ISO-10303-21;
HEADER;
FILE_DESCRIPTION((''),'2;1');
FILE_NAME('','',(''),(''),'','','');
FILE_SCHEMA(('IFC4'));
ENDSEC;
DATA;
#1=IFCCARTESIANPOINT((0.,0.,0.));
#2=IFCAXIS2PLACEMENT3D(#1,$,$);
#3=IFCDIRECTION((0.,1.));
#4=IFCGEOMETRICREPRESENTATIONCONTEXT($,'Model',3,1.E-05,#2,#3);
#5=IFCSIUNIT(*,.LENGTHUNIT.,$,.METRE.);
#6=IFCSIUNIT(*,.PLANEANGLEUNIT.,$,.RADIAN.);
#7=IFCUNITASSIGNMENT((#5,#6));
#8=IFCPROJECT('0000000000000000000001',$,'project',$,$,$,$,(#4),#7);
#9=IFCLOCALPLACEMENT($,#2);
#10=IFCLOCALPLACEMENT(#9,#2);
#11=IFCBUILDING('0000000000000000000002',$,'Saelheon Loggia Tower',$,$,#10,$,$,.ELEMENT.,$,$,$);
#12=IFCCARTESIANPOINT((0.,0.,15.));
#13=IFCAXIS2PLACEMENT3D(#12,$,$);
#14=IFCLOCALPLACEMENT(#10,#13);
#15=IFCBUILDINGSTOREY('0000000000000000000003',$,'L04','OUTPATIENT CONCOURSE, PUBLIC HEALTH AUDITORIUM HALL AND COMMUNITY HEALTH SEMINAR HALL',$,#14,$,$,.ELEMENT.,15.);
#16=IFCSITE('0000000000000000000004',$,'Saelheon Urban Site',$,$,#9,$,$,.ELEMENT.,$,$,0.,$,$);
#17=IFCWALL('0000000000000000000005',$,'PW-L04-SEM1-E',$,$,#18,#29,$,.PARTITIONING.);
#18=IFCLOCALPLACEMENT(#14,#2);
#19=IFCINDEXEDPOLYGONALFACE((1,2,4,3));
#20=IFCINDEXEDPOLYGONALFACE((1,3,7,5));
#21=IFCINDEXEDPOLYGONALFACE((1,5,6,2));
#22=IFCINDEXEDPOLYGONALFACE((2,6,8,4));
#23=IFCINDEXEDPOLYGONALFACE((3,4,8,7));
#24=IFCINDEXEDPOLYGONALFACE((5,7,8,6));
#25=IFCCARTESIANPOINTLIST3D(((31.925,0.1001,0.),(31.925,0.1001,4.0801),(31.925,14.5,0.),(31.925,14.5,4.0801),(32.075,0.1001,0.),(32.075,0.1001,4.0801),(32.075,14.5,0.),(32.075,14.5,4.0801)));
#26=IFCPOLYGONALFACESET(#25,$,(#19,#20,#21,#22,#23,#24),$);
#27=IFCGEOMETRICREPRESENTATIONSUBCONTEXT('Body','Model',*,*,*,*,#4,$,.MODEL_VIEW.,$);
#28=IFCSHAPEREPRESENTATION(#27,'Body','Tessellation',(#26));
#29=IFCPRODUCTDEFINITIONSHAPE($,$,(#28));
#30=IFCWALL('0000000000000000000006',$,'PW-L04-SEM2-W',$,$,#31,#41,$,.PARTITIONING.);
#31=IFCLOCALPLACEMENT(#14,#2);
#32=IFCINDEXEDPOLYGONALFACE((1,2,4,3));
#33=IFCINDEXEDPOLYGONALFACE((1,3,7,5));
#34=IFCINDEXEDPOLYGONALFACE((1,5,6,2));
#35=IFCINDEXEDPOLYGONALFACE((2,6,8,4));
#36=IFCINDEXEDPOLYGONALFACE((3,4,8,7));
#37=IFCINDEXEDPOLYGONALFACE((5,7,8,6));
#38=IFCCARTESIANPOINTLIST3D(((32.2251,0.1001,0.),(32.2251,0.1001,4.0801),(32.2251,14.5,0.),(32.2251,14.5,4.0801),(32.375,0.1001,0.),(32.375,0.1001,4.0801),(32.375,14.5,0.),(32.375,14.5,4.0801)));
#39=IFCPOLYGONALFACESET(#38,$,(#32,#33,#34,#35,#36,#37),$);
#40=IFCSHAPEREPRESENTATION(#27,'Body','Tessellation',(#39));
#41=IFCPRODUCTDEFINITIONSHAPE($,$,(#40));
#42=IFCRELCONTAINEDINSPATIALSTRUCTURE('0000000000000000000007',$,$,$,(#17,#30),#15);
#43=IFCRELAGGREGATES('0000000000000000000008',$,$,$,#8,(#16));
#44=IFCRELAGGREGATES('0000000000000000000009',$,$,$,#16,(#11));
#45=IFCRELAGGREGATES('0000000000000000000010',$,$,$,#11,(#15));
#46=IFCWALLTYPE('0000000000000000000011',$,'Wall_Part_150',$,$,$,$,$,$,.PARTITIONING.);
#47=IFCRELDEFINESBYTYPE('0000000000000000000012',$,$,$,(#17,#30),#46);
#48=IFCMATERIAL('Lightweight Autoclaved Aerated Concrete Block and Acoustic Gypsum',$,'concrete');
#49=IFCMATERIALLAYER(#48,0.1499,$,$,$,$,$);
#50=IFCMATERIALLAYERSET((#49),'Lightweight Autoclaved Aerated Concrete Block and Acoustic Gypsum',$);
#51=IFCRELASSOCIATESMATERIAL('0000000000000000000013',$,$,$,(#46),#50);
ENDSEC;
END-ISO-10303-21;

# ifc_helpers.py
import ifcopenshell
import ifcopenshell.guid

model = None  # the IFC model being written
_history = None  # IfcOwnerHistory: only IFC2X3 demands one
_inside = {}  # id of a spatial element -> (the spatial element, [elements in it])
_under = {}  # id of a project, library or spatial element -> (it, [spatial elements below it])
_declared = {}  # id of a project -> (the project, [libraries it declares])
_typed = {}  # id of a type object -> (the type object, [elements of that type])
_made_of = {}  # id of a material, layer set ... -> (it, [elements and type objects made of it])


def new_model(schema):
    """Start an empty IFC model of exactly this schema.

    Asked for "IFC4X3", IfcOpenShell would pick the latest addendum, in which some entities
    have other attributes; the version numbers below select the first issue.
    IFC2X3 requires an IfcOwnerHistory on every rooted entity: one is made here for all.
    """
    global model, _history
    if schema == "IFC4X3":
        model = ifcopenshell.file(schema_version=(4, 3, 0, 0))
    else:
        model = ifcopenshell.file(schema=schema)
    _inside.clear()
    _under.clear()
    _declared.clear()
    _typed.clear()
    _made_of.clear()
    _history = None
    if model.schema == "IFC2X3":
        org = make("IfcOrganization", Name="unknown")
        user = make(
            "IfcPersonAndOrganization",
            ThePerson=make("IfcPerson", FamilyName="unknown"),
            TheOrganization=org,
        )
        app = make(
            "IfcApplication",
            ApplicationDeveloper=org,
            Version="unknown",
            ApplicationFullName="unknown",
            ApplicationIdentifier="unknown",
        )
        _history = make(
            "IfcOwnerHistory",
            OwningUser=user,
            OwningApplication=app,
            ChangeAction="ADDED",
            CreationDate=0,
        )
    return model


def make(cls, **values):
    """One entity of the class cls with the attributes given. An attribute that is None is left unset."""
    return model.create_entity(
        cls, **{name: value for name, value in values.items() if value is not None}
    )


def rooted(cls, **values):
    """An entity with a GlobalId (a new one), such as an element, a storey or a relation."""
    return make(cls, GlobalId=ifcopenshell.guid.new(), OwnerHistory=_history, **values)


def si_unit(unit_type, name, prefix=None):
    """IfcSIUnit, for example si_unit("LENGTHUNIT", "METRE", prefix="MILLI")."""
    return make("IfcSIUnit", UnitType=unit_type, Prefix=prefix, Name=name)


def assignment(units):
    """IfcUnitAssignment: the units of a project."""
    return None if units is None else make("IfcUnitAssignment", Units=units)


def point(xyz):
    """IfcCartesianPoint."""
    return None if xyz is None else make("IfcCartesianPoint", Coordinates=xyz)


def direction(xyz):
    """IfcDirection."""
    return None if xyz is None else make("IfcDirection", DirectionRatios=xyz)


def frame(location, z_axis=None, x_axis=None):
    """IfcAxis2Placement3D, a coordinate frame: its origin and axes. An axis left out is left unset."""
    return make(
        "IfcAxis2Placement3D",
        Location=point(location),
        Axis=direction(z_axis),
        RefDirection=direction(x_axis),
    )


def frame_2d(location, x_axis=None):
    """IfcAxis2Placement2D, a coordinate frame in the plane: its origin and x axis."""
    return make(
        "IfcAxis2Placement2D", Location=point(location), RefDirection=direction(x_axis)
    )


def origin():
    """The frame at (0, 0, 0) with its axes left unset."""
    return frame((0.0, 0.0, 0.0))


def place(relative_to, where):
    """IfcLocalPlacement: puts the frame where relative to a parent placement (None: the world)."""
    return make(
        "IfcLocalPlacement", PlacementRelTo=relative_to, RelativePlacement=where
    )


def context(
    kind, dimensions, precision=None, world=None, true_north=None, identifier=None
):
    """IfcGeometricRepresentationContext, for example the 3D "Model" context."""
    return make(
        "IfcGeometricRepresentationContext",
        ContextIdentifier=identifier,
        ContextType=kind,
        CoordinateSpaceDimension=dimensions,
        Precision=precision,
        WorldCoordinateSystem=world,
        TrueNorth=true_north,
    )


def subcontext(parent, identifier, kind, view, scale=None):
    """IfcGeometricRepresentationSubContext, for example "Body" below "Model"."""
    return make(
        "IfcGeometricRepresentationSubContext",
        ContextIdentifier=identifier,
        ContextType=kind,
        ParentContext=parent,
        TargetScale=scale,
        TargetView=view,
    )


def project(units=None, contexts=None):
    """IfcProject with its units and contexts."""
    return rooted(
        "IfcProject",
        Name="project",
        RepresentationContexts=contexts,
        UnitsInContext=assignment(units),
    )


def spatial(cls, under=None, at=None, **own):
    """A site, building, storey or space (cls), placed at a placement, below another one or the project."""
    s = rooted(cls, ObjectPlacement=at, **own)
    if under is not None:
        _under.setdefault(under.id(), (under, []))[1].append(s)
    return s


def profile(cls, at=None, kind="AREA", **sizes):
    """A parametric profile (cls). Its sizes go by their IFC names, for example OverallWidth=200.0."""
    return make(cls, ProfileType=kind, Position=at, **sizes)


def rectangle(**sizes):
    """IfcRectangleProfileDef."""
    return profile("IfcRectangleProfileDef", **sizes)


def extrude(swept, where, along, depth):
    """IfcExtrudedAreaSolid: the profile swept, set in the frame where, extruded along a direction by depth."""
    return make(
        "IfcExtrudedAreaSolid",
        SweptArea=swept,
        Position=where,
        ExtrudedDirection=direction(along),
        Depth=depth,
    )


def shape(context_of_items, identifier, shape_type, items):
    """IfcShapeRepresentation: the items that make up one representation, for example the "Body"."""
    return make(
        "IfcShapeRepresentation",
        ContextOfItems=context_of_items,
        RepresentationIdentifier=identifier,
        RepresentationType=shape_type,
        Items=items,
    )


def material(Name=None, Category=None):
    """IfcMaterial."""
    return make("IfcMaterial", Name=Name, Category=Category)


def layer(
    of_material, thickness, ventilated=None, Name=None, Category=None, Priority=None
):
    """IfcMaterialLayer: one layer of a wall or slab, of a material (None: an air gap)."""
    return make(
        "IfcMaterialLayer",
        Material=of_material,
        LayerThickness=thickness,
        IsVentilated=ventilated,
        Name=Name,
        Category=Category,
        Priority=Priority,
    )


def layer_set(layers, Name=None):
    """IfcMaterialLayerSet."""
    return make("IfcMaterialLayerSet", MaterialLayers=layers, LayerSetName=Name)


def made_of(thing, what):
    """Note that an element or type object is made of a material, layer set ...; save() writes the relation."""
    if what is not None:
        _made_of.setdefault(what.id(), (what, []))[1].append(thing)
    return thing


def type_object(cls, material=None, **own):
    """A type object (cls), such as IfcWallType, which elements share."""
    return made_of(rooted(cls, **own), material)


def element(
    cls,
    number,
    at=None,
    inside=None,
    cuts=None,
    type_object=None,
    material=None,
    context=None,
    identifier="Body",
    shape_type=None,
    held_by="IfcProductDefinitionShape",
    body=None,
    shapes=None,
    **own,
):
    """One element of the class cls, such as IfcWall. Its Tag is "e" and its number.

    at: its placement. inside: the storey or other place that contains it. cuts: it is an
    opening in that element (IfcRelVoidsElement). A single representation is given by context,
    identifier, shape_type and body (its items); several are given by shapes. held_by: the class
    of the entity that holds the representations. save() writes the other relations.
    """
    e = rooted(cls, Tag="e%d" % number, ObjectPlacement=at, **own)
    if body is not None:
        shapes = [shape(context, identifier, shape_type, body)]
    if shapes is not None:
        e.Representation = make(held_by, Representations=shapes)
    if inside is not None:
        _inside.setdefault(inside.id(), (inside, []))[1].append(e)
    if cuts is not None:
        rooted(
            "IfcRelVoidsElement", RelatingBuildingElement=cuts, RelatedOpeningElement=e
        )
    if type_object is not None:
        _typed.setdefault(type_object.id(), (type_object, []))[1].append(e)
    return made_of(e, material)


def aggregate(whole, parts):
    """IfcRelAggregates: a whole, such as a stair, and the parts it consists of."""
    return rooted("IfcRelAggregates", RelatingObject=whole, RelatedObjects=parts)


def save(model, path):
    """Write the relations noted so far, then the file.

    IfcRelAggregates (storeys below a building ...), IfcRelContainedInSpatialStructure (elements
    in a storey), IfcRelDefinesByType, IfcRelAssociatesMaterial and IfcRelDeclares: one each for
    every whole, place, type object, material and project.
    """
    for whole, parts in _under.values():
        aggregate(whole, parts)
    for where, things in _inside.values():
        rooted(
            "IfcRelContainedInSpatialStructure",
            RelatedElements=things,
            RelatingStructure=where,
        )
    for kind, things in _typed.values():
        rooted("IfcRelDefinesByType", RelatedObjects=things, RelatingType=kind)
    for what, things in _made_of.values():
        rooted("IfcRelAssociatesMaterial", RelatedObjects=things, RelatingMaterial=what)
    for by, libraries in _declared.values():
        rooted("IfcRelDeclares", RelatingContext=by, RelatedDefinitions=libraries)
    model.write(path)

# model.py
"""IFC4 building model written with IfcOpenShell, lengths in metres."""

from ifc_helpers import new_model, si_unit, direction, frame, frame_2d, origin, place, context, subcontext, project, spatial, rectangle, extrude, material, layer, layer_set, type_object, element, save


model = new_model("IFC4")

# Units and contexts
model_context = context("Model", 3, precision=1e-05, world=origin(), true_north=direction((0.0, 1.0)))
body_context = subcontext(model_context, "Body", "Model", "MODEL_VIEW")
ifc_project = project(units=[si_unit("LENGTHUNIT", "METRE"), si_unit("PLANEANGLEUNIT", "RADIAN")], contexts=[model_context])

# Site, building, storey
site_placement = place(None, origin())
site = spatial("IfcSite", under=ifc_project, at=site_placement, Name="Saelheon Urban Site", CompositionType="ELEMENT", RefElevation=0.0)
building_placement = place(site_placement, origin())
building = spatial("IfcBuilding", under=site, at=building_placement, Name="Saelheon Loggia Tower", CompositionType="ELEMENT")
storey_placement = place(building_placement, frame((0.0, 0.0, 15.0)))
storey = spatial("IfcBuildingStorey", under=building, at=storey_placement, Name="L04", Description="OUTPATIENT CONCOURSE, PUBLIC HEALTH AUDITORIUM HALL AND COMMUNITY HEALTH SEMINAR HALL", CompositionType="ELEMENT", Elevation=15.0)

# Walls
ifc_material_1 = material(Name="Lightweight Autoclaved Aerated Concrete Block and Acoustic Gypsum", Category="concrete")
ifc_layer_1 = layer(ifc_material_1, 0.1499)
ifc_layer_set_1 = layer_set([ifc_layer_1], Name="Lightweight Autoclaved Aerated Concrete Block and Acoustic Gypsum")
wall_type = type_object("IfcWallType", Name="Wall_Part_150", PredefinedType="PARTITIONING", material=ifc_layer_set_1)
for number, where, z_axis, x_axis, name in (
    (1, (32.0, 0.1001, 0.0), (0.0, 0.0, 1.0), (0.0, 1.0, 0.0), "PW-L04-SEM1-E"),
    (2, (32.3, 0.1001, 0.0), (0.0, 0.0, 1.0), (0.0, 1.0, 0.0), "PW-L04-SEM2-W"),
):
    element("IfcWall", number, at=place(storey_placement, frame(where, z_axis=z_axis, x_axis=x_axis)), inside=storey, type_object=wall_type, Name=name, PredefinedType="PARTITIONING", context=body_context, shape_type="SweptSolid", body=[
        extrude(rectangle(XDim=14.3999, YDim=0.1499, at=frame_2d((7.2, 0.0))), origin(), (0.0, 0.0, 1.0), 4.0801),
    ])

save(model, "model.ifc")
